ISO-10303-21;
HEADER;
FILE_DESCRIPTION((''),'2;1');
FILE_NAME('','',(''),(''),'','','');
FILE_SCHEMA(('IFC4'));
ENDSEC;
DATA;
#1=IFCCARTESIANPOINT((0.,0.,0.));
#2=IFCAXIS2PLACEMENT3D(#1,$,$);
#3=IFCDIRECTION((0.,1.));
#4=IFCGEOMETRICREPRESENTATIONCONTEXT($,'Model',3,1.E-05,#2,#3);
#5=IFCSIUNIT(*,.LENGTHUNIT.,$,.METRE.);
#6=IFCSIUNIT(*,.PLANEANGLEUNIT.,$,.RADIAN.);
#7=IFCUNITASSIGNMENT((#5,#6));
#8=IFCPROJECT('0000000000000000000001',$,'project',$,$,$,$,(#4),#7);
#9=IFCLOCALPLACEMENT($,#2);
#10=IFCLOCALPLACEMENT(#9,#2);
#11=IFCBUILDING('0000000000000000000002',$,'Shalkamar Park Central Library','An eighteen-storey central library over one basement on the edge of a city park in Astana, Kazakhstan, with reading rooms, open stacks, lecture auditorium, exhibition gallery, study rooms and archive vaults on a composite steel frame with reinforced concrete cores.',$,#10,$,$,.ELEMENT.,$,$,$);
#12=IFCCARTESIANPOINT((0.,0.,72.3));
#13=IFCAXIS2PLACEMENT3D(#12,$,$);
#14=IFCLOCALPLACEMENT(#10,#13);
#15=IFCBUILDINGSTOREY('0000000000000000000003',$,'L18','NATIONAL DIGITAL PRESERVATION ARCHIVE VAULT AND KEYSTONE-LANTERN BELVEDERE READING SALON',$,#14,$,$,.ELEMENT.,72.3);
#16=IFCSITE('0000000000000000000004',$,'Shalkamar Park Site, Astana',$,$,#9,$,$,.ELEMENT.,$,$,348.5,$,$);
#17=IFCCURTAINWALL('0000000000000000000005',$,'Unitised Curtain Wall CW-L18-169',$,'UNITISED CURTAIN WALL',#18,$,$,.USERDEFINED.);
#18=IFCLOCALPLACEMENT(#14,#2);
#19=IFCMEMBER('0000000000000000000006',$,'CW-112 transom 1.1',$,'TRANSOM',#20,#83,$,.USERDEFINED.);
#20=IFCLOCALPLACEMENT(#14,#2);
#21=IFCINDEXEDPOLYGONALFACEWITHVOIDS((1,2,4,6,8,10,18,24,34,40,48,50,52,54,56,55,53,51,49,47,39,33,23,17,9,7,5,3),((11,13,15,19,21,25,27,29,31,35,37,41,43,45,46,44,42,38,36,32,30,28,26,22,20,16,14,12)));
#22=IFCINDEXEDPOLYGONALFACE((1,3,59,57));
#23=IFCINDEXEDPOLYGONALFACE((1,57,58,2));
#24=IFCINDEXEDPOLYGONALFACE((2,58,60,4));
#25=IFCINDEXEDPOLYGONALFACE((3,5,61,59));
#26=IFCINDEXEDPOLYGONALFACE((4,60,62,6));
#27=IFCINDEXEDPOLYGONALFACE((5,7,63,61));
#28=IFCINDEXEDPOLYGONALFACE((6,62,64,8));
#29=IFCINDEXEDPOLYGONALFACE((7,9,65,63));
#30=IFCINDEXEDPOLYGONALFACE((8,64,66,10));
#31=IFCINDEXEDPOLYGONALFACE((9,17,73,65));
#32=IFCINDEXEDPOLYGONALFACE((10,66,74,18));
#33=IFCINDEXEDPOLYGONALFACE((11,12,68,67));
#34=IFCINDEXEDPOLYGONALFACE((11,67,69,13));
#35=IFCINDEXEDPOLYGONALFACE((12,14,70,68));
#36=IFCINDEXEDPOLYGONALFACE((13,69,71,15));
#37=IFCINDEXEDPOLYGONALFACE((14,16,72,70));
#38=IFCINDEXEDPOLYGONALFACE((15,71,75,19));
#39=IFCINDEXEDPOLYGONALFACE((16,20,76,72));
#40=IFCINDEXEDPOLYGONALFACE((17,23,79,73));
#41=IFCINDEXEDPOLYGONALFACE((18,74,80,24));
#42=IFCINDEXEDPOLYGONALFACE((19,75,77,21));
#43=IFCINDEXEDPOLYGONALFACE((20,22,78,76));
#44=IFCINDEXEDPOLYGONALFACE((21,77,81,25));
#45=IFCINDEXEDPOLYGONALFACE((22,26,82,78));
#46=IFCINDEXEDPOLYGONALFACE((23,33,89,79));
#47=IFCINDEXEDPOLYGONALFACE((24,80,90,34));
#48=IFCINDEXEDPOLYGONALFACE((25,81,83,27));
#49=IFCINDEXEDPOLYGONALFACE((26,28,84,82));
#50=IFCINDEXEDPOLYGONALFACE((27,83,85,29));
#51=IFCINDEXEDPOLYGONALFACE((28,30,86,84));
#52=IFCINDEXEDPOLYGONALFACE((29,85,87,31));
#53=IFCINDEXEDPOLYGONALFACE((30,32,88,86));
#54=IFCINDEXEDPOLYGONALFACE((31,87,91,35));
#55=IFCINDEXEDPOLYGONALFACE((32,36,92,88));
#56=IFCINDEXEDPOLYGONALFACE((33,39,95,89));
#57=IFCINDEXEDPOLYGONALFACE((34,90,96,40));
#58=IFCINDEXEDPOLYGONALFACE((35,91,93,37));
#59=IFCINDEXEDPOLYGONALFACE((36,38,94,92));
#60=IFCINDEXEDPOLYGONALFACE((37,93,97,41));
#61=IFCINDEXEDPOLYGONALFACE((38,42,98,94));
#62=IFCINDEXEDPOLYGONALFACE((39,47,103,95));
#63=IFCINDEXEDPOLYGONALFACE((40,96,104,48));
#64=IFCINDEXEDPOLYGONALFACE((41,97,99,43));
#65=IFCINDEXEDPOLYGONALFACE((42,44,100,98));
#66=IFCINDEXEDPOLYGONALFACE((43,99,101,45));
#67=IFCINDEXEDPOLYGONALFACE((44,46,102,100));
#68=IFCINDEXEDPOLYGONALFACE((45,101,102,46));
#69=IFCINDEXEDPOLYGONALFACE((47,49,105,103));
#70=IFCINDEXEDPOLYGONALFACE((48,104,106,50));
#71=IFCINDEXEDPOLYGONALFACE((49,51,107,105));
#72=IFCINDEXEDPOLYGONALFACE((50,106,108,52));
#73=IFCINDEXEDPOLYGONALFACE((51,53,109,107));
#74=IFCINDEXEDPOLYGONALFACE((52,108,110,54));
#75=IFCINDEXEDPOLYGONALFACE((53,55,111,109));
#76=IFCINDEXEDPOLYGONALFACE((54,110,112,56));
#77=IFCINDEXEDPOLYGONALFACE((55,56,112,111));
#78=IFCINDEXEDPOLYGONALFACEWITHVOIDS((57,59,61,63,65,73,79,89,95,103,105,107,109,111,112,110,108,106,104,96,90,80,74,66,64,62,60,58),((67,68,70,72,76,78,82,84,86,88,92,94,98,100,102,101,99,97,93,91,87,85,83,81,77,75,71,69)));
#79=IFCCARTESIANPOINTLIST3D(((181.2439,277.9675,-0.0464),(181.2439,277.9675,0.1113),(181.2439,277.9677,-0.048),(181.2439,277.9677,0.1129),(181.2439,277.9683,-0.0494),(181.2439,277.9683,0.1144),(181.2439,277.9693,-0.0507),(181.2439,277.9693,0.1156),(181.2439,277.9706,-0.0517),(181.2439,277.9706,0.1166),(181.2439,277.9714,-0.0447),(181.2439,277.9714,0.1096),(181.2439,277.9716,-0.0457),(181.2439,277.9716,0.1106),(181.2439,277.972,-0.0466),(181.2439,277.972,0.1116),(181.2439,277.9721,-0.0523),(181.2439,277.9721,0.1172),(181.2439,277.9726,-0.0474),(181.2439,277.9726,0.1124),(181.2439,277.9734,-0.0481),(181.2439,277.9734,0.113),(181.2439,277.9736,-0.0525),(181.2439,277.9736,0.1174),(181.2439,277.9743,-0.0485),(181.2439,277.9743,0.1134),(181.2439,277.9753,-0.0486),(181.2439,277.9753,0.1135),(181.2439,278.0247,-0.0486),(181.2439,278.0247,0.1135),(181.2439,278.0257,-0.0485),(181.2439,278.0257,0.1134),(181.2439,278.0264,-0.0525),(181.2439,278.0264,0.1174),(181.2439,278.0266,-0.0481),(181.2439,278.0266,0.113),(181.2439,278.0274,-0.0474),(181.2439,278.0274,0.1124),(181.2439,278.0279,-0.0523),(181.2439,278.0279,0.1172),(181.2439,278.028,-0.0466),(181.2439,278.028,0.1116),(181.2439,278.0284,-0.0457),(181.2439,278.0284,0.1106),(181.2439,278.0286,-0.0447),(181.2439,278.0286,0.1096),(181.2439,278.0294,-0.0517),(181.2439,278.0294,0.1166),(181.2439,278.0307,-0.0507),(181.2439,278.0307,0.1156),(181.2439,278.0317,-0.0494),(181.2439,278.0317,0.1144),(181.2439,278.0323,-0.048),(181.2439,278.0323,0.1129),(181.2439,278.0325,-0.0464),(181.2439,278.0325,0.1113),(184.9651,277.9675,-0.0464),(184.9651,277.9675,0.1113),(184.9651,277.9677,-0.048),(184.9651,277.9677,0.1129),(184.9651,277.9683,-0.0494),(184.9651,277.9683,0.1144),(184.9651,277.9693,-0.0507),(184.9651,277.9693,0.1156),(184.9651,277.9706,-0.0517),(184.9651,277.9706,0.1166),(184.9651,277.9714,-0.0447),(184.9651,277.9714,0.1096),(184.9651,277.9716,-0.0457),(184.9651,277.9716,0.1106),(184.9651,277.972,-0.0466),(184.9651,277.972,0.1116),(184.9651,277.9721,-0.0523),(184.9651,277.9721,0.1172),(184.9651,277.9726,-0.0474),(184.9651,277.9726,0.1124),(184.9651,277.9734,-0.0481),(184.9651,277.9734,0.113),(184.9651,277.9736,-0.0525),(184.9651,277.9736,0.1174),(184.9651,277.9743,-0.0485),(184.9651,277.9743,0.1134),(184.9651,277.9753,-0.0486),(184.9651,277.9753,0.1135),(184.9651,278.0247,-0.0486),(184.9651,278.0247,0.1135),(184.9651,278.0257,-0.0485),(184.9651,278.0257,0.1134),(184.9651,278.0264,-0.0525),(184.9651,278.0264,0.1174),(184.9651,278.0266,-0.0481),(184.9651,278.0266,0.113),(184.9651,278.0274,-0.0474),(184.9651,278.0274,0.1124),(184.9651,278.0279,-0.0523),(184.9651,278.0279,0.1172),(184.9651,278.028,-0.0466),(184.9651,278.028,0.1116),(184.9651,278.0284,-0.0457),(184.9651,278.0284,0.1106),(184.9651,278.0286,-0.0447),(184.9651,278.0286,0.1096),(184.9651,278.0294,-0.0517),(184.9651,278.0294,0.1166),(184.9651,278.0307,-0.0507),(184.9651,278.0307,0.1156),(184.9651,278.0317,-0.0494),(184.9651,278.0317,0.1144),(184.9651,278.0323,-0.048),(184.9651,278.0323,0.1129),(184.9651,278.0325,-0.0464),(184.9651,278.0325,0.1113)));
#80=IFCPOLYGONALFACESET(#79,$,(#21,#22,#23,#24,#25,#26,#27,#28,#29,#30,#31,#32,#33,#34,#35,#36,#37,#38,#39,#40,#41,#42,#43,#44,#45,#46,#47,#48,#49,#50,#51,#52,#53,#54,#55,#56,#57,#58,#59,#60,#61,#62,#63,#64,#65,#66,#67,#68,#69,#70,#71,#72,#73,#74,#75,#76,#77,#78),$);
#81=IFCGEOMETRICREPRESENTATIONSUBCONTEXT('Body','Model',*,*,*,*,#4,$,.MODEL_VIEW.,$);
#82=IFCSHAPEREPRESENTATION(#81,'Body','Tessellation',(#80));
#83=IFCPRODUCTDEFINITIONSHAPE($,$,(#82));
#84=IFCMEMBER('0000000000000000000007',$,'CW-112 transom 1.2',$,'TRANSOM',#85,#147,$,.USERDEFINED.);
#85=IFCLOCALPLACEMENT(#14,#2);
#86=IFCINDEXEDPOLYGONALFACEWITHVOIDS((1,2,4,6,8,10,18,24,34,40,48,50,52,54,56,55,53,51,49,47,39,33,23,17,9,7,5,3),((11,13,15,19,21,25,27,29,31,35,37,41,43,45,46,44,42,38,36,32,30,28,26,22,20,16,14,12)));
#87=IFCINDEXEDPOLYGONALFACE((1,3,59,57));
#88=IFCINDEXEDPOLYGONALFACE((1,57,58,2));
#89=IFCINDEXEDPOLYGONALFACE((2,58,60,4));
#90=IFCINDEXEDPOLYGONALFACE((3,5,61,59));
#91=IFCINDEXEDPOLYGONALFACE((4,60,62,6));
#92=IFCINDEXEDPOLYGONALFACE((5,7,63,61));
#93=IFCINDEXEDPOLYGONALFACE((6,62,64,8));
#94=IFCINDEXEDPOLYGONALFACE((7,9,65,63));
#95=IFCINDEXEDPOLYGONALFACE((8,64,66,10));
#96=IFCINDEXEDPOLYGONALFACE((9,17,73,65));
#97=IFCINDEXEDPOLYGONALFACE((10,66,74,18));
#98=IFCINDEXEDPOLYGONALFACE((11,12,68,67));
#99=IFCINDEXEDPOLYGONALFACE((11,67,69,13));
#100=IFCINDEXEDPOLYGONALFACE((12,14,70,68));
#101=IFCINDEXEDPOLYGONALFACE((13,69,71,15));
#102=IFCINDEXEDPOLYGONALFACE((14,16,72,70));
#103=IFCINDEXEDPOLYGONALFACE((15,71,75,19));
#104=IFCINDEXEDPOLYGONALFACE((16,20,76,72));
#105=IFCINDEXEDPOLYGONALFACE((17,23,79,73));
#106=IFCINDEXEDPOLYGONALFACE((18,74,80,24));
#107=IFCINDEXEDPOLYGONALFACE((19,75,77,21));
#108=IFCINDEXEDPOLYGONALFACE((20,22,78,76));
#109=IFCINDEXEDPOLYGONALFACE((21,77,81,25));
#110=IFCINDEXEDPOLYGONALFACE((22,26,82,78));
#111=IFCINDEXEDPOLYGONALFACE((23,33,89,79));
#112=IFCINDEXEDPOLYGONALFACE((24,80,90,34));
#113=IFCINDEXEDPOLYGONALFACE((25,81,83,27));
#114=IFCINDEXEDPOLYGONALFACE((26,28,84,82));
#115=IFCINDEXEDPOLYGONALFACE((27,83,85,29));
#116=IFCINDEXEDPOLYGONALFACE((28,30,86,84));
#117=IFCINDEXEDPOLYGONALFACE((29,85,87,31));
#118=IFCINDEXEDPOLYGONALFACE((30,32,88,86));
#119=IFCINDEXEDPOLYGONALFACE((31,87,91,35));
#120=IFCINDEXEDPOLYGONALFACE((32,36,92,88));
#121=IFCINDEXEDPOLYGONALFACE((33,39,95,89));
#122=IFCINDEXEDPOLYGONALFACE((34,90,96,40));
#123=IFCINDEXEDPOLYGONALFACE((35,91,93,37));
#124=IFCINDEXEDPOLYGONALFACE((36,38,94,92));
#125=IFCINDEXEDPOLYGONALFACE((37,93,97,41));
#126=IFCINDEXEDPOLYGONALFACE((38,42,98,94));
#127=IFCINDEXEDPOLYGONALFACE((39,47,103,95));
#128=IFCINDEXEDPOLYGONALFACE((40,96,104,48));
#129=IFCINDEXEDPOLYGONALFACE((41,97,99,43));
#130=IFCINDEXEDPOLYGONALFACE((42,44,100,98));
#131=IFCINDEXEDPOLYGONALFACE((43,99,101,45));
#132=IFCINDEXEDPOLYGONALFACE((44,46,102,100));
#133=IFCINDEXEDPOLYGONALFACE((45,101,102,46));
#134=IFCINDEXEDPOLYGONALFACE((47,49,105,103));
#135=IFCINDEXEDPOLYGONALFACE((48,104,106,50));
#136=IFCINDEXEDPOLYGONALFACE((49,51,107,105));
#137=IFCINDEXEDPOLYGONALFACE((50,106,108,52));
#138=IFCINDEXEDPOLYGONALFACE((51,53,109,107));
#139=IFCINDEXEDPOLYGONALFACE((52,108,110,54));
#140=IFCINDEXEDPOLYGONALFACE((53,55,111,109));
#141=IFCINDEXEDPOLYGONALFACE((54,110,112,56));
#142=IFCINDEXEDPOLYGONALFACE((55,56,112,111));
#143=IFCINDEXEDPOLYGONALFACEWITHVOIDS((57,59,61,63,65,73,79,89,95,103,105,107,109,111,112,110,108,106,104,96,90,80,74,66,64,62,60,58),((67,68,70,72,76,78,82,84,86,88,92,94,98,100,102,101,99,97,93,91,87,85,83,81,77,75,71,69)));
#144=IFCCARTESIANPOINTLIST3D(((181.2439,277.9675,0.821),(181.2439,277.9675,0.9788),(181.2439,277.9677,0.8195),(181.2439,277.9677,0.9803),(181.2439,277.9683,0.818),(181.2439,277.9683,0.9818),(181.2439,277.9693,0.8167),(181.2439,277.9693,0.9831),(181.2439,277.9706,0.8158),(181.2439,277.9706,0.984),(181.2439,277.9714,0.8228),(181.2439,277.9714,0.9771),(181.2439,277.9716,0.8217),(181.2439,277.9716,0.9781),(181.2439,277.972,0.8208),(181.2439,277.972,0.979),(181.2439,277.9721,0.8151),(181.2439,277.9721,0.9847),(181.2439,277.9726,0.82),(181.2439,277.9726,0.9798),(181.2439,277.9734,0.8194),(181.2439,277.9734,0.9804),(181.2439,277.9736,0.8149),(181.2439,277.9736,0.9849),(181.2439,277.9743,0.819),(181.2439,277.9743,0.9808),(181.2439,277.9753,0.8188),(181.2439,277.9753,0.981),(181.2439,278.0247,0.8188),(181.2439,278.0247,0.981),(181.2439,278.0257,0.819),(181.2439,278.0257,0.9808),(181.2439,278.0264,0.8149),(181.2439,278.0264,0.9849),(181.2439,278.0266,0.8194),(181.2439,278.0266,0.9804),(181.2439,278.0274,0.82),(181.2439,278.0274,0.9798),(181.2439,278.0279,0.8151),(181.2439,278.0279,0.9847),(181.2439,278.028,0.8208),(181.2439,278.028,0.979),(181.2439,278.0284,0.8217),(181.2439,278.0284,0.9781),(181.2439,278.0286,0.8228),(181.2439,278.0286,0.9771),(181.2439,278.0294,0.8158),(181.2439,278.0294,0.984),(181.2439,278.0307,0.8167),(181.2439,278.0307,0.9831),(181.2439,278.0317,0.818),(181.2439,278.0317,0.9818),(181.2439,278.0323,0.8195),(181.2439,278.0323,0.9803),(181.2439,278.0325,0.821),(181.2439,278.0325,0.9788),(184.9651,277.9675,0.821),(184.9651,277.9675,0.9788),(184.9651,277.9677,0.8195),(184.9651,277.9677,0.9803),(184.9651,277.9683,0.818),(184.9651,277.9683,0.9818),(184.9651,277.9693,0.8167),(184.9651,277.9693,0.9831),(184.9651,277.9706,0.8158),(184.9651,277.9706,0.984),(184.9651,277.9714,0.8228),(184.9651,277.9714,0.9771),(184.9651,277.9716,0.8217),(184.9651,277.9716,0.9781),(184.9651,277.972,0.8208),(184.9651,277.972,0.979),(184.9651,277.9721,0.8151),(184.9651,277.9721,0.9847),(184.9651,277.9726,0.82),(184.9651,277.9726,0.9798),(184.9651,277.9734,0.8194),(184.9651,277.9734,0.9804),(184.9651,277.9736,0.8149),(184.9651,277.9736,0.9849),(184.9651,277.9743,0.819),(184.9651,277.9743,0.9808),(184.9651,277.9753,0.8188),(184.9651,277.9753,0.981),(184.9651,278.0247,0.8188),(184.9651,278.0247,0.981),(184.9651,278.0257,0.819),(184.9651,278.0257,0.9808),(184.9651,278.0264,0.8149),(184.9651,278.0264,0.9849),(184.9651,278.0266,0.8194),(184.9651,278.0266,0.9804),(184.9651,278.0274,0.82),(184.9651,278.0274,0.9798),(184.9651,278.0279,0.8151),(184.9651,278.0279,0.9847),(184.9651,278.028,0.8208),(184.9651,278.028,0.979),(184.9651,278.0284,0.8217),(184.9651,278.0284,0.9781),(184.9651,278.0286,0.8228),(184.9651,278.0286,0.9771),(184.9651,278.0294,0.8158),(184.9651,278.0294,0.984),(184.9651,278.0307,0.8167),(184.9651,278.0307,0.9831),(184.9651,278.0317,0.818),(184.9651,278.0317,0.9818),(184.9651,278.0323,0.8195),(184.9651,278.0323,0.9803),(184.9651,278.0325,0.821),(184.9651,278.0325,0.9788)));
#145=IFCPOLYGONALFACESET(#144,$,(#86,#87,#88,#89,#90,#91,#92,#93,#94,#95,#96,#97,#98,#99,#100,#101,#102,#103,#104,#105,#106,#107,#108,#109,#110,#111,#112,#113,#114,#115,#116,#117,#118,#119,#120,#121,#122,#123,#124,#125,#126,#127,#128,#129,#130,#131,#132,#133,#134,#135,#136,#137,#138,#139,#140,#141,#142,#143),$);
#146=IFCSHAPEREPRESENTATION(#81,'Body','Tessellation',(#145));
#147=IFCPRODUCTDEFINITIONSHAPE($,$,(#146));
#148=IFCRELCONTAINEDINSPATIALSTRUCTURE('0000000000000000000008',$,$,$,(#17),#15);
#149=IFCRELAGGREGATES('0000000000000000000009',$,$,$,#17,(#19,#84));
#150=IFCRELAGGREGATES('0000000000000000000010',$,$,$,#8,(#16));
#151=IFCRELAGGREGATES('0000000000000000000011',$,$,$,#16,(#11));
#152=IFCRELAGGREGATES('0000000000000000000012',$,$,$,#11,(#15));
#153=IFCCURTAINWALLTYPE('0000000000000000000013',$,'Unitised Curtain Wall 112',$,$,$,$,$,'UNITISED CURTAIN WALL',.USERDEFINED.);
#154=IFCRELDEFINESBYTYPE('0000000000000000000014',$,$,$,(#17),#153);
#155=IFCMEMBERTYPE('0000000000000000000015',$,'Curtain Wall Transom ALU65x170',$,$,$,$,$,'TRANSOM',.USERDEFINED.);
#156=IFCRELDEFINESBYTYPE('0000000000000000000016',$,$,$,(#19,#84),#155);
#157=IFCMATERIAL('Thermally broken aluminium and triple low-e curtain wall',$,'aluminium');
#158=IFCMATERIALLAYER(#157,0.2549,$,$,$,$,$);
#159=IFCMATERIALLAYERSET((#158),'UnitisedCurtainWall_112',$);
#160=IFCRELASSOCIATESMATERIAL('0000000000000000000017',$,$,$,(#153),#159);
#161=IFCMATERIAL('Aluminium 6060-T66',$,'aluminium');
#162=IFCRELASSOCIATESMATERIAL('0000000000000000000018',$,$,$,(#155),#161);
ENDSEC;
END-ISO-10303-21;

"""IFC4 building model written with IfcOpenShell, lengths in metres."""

from ifc_helpers import new_model, si_unit, direction, frame, origin, origin_2d, place, context, subcontext, project, spatial, hollow_rectangle, extrude, material, layer, layer_set, material_profile, profile_set, type_object, element, aggregate, save


model = new_model("IFC4")

# Units and contexts
model_context = context("Model", 3, precision=1e-05, world=origin(), true_north=direction((0.0, 1.0)))
body_context = subcontext(model_context, "Body", "Model", "MODEL_VIEW")
ifc_project = project(units=[si_unit("LENGTHUNIT", "METRE"), si_unit("PLANEANGLEUNIT", "RADIAN")], contexts=[model_context])

# Site, building, storey
site_placement = place(None, origin())
site = spatial("IfcSite", under=ifc_project, at=site_placement, Name="Shalkamar Park Site, Astana", CompositionType="ELEMENT", RefElevation=348.5)
building_placement = place(site_placement, origin())
building = spatial("IfcBuilding", under=site, at=building_placement, Name="Shalkamar Park Central Library", Description="An eighteen-storey central library over one basement on the edge of a city park in Astana, Kazakhstan, with reading rooms, open stacks, lecture auditorium, exhibition gallery, study rooms and archive vaults on a composite steel frame with reinforced concrete cores.", CompositionType="ELEMENT")
storey_placement = place(building_placement, frame((0.0, 0.0, 72.3)))
storey = spatial("IfcBuildingStorey", under=building, at=storey_placement, Name="L18", Description="NATIONAL DIGITAL PRESERVATION ARCHIVE VAULT AND KEYSTONE-LANTERN BELVEDERE READING SALON", CompositionType="ELEMENT", Elevation=72.3)

# Shared definitions
ifc_material_1 = material(Name="Thermally broken aluminium and triple low-e curtain wall", Category="aluminium")
ifc_material_2 = material(Name="Aluminium 6060-T66", Category="aluminium")

# Curtain wall
ifc_layer_1 = layer(ifc_material_1, 0.2549)
ifc_layer_set_1 = layer_set([ifc_layer_1], Name="UnitisedCurtainWall_112")
curtain_wall_type_1 = type_object("IfcCurtainWallType", Name="Unitised Curtain Wall 112", ElementType="UNITISED CURTAIN WALL", PredefinedType="USERDEFINED", material=ifc_layer_set_1)
curtain_wall_1_placement = place(storey_placement, origin())
curtain_wall_1 = element("IfcCurtainWall", 1, at=curtain_wall_1_placement, inside=storey, type_object=curtain_wall_type_1, Name="Unitised Curtain Wall CW-L18-169", ObjectType="UNITISED CURTAIN WALL", PredefinedType="USERDEFINED")

# Members
ifc_material_profile_1 = material_profile(ifc_material_2, hollow_rectangle(XDim=0.0649, YDim=0.1699, WallThickness=0.0039, InnerFilletRadius=0.0039, OuterFilletRadius=0.0061, at=origin_2d()), Name="ALU 65x170x4")
ifc_profile_set_1 = profile_set([ifc_material_profile_1], Name="Aluminium 6060-T66")
member_type_1 = type_object("IfcMemberType", Name="Curtain Wall Transom ALU65x170", ElementType="TRANSOM", PredefinedType="USERDEFINED", material=ifc_profile_set_1)
member_1_placement = place(storey_placement, frame((181.2439, 278.0, 0.0325), z_axis=(1.0, 0.0, 0.0), x_axis=(0.0, 1.0, 0.0)))
member_1 = element("IfcMember", 2, at=member_1_placement, type_object=member_type_1, Name="CW-112 transom 1.1", ObjectType="TRANSOM", PredefinedType="USERDEFINED", context=body_context, shape_type="SweptSolid", body=[
    extrude(hollow_rectangle(XDim=0.0649, YDim=0.1699, WallThickness=0.0039, InnerFilletRadius=0.0039, OuterFilletRadius=0.0061, at=origin_2d()), origin(), (0.0, 0.0, 1.0), 3.7212),
])
member_2_placement = place(storey_placement, frame((181.2439, 278.0, 0.8999), z_axis=(1.0, 0.0, 0.0), x_axis=(0.0, 1.0, 0.0)))
member_2 = element("IfcMember", 3, at=member_2_placement, type_object=member_type_1, Name="CW-112 transom 1.2", ObjectType="TRANSOM", PredefinedType="USERDEFINED", context=body_context, shape_type="SweptSolid", body=[
    extrude(hollow_rectangle(XDim=0.0649, YDim=0.1699, WallThickness=0.0039, InnerFilletRadius=0.0039, OuterFilletRadius=0.0061, at=origin_2d()), origin(), (0.0, 0.0, 1.0), 3.7212),
])

aggregate(curtain_wall_1, [member_1, member_2])

save(model, "model.ifc")
